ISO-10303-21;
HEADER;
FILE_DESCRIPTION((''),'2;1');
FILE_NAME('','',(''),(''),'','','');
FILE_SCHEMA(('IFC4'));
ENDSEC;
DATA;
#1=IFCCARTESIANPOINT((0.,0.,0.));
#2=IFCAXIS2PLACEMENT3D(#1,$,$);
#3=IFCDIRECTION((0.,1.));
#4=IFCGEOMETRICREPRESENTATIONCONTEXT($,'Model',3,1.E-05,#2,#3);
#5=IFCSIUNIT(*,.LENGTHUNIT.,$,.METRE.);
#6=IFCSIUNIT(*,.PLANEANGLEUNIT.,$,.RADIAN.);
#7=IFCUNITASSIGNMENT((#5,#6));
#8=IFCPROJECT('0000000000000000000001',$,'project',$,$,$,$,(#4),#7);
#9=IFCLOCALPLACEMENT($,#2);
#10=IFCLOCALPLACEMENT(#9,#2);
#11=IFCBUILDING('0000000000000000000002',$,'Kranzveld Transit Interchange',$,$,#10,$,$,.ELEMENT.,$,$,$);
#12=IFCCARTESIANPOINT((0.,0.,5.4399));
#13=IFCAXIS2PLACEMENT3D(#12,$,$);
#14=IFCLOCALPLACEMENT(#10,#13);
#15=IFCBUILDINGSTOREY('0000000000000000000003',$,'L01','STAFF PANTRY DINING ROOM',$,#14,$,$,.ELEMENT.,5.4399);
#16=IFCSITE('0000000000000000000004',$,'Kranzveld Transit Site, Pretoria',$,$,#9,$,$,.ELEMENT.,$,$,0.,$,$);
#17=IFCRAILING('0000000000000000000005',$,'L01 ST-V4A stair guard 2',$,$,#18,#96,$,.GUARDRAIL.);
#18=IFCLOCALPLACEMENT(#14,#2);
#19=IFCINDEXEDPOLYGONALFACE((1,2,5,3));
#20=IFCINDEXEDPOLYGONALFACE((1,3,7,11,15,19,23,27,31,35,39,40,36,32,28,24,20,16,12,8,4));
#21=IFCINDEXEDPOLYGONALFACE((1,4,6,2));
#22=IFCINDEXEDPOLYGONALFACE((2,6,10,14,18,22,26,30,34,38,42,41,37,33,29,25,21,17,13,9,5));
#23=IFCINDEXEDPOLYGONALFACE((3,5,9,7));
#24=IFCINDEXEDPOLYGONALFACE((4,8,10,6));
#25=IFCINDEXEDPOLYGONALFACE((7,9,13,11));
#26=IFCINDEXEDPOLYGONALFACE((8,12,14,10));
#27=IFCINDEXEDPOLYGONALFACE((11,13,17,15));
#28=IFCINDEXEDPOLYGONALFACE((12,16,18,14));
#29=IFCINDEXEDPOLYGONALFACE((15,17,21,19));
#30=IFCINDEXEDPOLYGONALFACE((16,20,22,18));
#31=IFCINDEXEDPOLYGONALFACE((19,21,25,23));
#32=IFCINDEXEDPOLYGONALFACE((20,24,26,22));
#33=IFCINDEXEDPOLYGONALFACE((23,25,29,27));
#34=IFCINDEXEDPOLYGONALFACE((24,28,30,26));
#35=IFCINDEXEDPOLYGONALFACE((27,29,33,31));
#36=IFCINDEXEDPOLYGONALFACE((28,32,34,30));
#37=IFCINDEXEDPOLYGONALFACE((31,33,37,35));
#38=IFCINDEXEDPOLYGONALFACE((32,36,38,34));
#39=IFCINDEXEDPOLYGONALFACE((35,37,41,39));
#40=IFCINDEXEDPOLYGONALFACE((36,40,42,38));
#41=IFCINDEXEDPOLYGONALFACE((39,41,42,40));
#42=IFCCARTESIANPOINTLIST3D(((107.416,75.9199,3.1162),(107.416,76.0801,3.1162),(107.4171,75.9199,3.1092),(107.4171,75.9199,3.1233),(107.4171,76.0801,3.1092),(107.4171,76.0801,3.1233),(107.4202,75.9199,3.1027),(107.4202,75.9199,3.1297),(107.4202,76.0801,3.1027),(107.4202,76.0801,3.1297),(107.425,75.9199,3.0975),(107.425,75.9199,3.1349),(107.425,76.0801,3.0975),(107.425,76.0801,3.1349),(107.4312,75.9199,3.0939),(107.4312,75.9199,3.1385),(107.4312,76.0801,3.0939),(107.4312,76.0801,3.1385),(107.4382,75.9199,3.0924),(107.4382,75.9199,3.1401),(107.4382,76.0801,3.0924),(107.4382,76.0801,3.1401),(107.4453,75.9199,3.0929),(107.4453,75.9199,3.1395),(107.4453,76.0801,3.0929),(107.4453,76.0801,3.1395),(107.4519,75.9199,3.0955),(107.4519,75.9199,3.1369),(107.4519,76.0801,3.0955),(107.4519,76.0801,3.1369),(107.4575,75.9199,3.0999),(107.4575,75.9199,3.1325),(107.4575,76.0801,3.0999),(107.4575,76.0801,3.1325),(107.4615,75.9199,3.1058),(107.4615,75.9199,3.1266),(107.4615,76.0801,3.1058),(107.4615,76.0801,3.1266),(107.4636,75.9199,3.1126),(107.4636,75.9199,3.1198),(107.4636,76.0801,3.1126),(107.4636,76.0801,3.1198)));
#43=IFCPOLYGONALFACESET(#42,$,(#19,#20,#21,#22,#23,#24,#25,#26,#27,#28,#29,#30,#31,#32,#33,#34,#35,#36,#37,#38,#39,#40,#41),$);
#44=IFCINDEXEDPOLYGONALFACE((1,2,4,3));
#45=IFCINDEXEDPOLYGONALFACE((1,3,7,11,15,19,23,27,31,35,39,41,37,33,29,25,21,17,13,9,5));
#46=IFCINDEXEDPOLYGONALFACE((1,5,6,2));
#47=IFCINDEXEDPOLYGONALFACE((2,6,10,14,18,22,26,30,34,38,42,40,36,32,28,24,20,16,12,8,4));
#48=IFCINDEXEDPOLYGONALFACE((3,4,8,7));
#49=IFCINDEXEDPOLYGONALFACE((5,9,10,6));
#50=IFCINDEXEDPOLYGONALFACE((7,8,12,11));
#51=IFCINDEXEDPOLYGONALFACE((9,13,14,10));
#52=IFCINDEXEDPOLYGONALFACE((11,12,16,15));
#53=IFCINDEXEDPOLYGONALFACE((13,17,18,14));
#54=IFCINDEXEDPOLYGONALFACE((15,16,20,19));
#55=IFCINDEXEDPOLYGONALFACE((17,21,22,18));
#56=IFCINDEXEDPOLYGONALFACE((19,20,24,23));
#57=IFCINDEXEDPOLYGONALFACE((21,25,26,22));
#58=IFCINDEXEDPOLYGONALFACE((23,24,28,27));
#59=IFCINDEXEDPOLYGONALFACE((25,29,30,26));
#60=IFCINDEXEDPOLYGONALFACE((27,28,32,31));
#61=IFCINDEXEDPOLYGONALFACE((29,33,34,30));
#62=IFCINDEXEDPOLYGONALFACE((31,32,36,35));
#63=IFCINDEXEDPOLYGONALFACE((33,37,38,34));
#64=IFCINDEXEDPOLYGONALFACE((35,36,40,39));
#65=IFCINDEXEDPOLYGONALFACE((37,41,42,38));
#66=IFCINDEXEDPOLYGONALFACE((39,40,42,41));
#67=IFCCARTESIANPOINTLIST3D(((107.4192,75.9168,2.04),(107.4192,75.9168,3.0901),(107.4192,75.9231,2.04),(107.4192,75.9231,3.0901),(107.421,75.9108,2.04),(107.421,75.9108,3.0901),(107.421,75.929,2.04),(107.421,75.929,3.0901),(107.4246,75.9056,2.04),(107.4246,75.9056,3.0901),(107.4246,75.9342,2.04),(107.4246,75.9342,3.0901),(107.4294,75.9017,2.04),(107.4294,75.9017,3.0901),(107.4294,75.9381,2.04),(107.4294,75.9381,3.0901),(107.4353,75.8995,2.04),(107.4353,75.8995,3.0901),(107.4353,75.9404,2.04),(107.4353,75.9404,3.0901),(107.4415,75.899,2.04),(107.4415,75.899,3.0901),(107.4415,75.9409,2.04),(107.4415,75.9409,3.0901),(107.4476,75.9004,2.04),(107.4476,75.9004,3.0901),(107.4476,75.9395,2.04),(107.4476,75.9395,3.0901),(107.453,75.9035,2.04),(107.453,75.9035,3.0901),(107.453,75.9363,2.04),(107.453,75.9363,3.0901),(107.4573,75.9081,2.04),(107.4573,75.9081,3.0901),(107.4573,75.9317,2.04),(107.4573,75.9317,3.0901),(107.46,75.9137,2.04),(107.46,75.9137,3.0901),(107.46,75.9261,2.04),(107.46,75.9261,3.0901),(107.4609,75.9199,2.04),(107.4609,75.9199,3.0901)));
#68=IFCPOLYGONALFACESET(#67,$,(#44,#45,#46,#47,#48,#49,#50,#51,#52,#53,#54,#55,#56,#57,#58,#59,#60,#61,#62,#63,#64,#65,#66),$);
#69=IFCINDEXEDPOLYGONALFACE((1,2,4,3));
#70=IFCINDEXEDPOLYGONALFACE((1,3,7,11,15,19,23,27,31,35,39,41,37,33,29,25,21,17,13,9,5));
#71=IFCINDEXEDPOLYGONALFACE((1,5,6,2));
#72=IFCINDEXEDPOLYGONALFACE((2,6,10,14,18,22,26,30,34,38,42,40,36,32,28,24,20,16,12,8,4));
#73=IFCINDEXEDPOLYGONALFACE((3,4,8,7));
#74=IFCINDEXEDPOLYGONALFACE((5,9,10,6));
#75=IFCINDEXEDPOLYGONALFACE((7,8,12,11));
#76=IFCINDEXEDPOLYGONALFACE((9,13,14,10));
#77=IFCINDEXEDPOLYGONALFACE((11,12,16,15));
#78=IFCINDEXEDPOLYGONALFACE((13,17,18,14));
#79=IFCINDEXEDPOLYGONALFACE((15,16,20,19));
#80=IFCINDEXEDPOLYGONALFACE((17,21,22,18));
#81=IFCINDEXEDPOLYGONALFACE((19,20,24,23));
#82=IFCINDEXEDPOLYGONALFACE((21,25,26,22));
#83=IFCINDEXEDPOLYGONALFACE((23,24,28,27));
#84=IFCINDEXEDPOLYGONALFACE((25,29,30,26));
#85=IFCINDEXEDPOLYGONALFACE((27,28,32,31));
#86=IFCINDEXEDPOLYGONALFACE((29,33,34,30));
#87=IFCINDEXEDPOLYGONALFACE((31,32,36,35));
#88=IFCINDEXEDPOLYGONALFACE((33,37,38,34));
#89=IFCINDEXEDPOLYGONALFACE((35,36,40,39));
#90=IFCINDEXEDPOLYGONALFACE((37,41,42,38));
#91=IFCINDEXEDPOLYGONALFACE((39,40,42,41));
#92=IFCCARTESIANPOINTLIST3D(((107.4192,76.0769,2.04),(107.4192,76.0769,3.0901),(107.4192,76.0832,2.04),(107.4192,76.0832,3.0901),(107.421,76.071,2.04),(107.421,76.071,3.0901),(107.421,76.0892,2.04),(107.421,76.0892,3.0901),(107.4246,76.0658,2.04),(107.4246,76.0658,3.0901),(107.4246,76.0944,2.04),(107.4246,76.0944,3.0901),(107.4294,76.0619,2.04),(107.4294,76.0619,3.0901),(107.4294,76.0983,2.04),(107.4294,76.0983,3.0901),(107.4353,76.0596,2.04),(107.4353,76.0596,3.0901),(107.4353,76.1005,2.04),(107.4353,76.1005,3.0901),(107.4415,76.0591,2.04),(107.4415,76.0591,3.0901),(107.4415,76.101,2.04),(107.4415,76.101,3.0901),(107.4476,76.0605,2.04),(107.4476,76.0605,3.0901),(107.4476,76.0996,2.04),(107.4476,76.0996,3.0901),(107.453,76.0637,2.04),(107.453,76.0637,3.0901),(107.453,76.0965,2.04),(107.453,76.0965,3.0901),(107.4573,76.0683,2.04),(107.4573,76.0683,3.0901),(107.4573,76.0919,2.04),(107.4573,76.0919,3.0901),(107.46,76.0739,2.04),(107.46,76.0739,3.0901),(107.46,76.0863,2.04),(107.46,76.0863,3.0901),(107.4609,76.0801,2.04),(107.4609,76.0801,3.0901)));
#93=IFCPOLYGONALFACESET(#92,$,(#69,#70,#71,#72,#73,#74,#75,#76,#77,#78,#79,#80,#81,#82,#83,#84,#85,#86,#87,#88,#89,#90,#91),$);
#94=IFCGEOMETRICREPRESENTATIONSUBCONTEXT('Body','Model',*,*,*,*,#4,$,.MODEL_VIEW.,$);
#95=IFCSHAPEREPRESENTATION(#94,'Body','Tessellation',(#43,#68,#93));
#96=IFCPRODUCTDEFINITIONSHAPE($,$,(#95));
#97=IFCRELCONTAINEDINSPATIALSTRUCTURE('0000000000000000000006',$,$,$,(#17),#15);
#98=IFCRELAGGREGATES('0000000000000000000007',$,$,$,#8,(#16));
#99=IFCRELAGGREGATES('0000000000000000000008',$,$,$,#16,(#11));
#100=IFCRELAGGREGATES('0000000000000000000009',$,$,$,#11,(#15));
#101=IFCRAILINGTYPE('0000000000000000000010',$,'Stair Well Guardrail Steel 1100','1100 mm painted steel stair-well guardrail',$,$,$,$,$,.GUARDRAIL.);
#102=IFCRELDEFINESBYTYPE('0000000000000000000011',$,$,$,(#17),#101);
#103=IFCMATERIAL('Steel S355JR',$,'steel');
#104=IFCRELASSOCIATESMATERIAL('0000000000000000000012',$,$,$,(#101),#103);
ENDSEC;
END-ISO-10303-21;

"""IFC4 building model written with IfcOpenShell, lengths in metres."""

from ifc_helpers import new_model, si_unit, direction, frame, origin, origin_2d, place, context, subcontext, project, spatial, circle, extrude, material, type_object, element, save


model = new_model("IFC4")

# Units and contexts
model_context = context("Model", 3, precision=1e-05, world=origin(), true_north=direction((0.0, 1.0)))
body_context = subcontext(model_context, "Body", "Model", "MODEL_VIEW")
ifc_project = project(units=[si_unit("LENGTHUNIT", "METRE"), si_unit("PLANEANGLEUNIT", "RADIAN")], contexts=[model_context])

# Site, building, storey
site_placement = place(None, origin())
site = spatial("IfcSite", under=ifc_project, at=site_placement, Name="Kranzveld Transit Site, Pretoria", CompositionType="ELEMENT", RefElevation=0.0)
building_placement = place(site_placement, origin())
building = spatial("IfcBuilding", under=site, at=building_placement, Name="Kranzveld Transit Interchange", CompositionType="ELEMENT")
storey_placement = place(building_placement, frame((0.0, 0.0, 5.4399)))
storey = spatial("IfcBuildingStorey", under=building, at=storey_placement, Name="L01", Description="STAFF PANTRY DINING ROOM", CompositionType="ELEMENT", Elevation=5.4399)

# Railing
ifc_material_1 = material(Name="Steel S355JR", Category="steel")
railing_type_1 = type_object("IfcRailingType", Name="Stair Well Guardrail Steel 1100", Description="1100 mm painted steel stair-well guardrail", PredefinedType="GUARDRAIL", material=ifc_material_1)
railing_1_placement = place(storey_placement, frame((107.4399, 75.9199, 2.04)))
element("IfcRailing", 1, at=railing_1_placement, inside=storey, type_object=railing_type_1, Name="L01 ST-V4A stair guard 2", PredefinedType="GUARDRAIL", context=body_context, shape_type="SweptSolid", body=[
    extrude(circle(Radius=0.0239, at=origin_2d()), frame((0.0, 0.0, 1.0762), z_axis=(0.0, 1.0, 0.0), x_axis=(-1.0, 0.0, 0.0)), (0.0, 0.0, 1.0), 0.1602),
    extrude(circle(Radius=0.021, at=origin_2d()), origin(), (0.0, 0.0, 1.0), 1.05),
    extrude(circle(Radius=0.021, at=origin_2d()), frame((0.0, 0.1602, 0.0)), (0.0, 0.0, 1.0), 1.05),
])

save(model, "model.ifc")
